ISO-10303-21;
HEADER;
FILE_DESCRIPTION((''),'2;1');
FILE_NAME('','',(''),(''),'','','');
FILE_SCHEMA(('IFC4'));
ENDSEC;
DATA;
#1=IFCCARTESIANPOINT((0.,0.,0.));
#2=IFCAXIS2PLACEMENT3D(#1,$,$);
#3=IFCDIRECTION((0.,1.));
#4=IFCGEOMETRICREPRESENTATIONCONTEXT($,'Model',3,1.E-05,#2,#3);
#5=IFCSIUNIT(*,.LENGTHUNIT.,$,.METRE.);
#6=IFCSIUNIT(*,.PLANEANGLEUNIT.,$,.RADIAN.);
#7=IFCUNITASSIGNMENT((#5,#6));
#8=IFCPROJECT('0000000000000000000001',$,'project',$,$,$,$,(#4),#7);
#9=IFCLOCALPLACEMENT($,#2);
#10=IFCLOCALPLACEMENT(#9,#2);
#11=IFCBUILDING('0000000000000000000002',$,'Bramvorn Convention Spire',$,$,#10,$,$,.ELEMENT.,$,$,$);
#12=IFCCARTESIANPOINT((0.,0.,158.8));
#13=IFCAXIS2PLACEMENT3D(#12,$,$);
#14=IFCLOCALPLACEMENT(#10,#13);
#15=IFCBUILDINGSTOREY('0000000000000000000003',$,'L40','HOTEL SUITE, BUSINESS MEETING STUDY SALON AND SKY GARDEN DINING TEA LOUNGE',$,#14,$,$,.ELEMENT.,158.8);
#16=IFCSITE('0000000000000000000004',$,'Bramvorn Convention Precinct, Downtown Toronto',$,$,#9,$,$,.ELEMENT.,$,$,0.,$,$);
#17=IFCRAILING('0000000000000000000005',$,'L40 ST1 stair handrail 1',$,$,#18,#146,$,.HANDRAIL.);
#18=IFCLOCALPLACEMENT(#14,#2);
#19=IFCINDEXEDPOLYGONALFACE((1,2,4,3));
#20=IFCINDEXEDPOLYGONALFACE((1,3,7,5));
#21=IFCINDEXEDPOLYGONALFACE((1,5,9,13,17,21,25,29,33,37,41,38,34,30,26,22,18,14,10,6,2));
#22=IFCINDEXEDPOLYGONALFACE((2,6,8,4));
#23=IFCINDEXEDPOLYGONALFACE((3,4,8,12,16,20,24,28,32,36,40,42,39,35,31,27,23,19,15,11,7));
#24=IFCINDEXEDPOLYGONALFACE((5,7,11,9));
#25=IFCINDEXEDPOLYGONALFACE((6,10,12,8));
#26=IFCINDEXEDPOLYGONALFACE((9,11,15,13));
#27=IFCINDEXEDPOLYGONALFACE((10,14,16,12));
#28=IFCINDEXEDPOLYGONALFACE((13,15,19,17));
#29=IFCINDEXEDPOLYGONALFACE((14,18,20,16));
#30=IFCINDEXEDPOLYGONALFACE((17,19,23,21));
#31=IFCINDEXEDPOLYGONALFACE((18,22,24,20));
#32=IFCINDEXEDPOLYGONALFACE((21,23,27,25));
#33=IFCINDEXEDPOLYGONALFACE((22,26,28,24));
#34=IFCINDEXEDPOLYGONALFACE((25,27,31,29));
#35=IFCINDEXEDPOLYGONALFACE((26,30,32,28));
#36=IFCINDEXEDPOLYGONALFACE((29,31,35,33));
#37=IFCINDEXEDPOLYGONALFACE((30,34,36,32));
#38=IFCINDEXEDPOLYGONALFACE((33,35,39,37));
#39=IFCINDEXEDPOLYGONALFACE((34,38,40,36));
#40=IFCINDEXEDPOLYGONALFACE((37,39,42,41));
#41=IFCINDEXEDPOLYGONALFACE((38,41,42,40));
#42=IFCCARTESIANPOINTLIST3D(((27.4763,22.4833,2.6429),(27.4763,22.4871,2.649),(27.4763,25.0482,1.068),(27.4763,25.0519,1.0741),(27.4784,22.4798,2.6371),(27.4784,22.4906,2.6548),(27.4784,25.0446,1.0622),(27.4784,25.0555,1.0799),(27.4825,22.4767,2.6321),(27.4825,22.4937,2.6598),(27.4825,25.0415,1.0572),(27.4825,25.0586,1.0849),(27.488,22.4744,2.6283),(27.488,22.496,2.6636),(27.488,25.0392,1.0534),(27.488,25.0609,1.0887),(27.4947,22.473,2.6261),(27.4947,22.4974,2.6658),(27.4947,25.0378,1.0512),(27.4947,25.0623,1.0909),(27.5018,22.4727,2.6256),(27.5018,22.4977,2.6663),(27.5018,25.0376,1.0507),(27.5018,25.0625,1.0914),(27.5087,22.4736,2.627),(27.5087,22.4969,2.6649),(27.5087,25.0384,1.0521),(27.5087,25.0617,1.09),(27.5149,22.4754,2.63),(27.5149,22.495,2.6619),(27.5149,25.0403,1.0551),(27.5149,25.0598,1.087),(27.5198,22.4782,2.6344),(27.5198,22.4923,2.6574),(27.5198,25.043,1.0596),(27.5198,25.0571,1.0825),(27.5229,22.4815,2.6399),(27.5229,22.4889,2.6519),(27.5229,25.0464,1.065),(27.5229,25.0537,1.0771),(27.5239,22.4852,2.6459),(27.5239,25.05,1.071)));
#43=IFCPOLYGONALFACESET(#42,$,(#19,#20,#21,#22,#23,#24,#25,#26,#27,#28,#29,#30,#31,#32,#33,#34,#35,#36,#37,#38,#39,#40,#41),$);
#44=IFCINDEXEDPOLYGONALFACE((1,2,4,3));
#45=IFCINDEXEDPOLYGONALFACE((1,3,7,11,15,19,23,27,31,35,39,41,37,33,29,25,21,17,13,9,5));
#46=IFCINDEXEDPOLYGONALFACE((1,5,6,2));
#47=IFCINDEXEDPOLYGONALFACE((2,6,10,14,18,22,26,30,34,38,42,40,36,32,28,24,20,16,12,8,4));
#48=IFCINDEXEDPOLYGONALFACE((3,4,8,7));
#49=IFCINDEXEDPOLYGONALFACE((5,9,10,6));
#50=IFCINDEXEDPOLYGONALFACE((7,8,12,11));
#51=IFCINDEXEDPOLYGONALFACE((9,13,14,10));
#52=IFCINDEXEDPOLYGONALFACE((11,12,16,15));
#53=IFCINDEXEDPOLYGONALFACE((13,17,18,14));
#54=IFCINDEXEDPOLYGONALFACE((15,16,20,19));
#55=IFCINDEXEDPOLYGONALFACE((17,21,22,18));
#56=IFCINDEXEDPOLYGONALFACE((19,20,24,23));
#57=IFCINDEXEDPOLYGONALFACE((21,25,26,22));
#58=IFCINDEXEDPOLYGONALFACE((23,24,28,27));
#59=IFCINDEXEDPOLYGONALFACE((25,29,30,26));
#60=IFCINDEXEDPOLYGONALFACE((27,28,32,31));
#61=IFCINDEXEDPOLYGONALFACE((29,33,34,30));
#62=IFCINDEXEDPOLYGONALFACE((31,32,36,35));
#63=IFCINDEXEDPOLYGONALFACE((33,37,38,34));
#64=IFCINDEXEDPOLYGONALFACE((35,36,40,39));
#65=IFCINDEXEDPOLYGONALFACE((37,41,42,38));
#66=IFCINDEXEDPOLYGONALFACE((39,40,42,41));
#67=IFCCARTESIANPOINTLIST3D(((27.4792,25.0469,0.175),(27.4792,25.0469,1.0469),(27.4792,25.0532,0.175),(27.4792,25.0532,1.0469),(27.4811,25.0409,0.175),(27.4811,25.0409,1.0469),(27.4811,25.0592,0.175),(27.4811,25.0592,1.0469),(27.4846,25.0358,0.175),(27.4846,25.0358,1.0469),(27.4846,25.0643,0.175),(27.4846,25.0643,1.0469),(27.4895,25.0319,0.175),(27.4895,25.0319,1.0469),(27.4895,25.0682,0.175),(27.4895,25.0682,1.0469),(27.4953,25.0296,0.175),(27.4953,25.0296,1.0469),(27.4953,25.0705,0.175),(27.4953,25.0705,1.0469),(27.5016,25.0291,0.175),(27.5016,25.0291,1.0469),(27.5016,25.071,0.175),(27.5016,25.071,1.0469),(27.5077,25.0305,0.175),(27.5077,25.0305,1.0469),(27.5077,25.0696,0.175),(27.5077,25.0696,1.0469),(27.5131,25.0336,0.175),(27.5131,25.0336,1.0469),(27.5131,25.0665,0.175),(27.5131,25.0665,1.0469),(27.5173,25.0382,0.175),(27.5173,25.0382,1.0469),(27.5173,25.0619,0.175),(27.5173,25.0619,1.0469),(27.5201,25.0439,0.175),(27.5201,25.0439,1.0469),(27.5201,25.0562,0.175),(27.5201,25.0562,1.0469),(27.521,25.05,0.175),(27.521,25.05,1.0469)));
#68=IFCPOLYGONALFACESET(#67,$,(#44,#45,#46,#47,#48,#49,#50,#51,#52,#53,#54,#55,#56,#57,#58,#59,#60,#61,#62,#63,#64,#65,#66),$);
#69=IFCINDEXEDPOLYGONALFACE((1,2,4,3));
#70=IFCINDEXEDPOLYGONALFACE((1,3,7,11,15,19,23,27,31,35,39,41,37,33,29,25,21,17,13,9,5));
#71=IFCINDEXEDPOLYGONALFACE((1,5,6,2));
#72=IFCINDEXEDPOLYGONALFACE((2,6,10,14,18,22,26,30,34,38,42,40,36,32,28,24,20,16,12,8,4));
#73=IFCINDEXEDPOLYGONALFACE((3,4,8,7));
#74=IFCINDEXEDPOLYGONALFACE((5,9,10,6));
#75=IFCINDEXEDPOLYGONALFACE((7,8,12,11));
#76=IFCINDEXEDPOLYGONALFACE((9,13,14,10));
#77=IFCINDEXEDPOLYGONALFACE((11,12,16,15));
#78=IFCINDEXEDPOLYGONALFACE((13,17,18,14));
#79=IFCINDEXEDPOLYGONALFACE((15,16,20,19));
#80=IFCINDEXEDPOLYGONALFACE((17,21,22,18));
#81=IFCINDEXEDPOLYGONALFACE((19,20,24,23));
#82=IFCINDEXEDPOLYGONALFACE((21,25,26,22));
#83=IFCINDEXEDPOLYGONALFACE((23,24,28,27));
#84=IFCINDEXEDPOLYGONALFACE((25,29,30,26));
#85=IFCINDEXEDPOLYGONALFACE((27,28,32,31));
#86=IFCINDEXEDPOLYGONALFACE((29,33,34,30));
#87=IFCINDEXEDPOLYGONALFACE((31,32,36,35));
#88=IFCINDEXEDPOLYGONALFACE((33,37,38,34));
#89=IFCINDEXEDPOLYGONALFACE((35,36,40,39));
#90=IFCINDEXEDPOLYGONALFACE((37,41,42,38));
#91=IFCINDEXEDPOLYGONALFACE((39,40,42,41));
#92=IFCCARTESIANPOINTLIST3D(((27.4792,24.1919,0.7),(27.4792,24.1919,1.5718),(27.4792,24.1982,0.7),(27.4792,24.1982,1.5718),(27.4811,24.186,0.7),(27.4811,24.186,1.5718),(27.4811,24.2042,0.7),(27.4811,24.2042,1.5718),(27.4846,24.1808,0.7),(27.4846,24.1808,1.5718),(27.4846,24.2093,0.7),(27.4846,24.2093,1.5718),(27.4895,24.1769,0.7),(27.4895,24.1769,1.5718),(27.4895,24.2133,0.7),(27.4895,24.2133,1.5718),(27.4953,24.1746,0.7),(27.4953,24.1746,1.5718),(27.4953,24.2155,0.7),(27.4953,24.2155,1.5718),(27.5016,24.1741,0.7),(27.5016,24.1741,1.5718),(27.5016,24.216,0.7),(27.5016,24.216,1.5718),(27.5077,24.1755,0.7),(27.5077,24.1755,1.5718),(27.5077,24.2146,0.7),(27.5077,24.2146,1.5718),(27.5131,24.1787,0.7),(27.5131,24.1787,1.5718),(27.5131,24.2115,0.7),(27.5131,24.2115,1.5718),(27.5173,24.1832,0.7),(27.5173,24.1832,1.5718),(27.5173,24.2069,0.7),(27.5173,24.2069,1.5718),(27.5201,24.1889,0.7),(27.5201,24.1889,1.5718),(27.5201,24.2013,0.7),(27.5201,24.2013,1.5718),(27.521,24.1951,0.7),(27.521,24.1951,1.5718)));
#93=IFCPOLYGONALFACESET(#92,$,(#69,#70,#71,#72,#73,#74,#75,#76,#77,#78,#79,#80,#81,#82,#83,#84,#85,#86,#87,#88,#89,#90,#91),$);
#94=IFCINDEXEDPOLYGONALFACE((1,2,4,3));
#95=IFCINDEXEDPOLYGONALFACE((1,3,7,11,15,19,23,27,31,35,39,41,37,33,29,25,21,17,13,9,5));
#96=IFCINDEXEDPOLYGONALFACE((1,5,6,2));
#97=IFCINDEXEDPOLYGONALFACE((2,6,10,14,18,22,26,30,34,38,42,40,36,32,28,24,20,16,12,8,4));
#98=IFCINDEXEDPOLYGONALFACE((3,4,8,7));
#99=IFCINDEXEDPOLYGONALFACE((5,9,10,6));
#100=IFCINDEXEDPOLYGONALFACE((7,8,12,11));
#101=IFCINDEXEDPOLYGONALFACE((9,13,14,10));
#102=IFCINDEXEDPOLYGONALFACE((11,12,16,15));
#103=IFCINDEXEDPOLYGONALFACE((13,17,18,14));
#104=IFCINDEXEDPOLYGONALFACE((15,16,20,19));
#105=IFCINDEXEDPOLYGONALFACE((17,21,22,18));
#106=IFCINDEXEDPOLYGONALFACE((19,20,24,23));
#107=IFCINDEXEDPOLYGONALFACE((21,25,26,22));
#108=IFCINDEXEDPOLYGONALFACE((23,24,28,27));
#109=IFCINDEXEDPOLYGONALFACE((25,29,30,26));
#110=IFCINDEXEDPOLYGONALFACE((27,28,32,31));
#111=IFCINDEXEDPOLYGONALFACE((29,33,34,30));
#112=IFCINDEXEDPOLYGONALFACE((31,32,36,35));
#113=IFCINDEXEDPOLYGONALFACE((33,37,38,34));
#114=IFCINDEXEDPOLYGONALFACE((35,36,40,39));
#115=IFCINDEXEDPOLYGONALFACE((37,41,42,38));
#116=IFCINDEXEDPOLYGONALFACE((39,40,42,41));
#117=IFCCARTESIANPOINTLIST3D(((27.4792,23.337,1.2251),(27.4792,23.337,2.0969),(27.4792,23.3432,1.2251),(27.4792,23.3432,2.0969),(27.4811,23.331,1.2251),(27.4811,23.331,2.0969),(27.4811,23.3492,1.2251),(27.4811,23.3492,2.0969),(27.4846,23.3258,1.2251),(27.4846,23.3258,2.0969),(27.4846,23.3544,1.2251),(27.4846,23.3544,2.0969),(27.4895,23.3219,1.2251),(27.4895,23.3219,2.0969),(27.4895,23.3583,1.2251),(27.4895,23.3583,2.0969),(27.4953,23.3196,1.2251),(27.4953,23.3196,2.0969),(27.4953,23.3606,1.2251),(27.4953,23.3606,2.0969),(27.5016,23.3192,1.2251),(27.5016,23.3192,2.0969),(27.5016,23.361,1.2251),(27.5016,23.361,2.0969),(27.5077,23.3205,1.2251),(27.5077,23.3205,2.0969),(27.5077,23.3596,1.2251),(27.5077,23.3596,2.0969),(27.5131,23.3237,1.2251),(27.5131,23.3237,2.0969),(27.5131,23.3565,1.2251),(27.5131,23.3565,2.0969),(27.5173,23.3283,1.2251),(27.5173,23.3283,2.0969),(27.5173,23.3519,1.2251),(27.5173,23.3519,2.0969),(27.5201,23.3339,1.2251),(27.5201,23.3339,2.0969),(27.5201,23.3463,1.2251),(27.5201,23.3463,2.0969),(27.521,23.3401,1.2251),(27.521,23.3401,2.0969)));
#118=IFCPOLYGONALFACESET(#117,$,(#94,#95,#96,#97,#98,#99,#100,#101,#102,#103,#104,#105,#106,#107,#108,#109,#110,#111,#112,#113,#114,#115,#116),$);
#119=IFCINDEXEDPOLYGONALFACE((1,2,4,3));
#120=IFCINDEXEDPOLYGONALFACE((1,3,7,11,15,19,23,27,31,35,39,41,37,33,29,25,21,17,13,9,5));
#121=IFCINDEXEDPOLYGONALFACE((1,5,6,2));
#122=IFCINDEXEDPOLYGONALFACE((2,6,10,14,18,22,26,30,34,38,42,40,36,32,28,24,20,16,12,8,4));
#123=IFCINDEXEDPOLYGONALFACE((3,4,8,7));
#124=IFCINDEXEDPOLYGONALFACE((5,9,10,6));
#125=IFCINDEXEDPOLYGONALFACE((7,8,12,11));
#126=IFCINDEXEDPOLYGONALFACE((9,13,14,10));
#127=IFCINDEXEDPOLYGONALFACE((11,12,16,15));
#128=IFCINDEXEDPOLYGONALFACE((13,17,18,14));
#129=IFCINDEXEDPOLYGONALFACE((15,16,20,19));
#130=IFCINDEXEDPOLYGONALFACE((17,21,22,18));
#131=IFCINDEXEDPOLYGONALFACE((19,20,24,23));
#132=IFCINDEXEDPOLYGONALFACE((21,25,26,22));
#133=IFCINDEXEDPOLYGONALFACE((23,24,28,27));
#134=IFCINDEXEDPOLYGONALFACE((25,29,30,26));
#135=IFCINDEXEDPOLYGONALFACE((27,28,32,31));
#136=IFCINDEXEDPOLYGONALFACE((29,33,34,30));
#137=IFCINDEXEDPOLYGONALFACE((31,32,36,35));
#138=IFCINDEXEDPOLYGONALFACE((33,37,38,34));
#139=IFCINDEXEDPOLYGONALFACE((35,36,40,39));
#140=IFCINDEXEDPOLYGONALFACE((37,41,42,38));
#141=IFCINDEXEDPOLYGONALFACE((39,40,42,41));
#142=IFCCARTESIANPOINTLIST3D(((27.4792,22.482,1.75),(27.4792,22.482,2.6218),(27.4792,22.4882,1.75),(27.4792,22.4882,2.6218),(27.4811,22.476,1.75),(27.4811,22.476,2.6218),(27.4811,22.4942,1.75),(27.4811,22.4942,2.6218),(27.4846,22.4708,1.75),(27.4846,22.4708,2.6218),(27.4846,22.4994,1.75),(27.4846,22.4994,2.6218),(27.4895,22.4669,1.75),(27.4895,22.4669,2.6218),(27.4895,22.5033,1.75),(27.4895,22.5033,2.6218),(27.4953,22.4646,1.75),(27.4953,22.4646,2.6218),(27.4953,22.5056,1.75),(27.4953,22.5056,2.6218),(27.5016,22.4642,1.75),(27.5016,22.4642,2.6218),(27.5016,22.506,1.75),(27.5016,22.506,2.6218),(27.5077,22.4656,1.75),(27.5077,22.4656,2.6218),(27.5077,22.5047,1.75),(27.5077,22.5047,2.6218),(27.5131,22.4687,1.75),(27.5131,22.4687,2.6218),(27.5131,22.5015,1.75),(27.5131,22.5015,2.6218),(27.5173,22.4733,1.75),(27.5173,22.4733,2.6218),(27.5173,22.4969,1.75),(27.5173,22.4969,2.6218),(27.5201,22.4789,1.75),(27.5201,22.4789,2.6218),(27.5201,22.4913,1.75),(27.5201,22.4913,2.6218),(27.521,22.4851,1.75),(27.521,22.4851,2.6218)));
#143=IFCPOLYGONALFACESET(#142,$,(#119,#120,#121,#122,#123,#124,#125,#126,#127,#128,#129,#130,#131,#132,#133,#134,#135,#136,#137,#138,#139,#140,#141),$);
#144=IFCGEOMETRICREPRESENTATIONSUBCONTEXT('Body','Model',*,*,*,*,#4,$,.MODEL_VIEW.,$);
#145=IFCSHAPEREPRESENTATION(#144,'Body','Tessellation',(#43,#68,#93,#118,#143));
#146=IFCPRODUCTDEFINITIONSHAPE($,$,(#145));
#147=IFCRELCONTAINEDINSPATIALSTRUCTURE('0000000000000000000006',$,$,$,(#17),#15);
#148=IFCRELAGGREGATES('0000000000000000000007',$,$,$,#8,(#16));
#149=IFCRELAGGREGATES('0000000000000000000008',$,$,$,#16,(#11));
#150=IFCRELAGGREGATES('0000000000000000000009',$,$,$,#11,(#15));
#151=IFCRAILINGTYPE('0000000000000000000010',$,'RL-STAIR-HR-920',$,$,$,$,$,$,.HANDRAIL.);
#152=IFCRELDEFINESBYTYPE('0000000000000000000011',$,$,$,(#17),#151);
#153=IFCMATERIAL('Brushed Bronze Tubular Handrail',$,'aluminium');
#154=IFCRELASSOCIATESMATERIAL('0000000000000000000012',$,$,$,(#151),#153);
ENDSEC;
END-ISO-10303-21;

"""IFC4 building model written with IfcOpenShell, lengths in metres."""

from ifc_helpers import new_model, si_unit, direction, frame, origin, origin_2d, place, context, subcontext, project, spatial, circle, extrude, material, type_object, element, save


model = new_model("IFC4")

# Units and contexts
model_context = context("Model", 3, precision=1e-05, world=origin(), true_north=direction((0.0, 1.0)))
body_context = subcontext(model_context, "Body", "Model", "MODEL_VIEW")
ifc_project = project(units=[si_unit("LENGTHUNIT", "METRE"), si_unit("PLANEANGLEUNIT", "RADIAN")], contexts=[model_context])

# Site, building, storey
site_placement = place(None, origin())
site = spatial("IfcSite", under=ifc_project, at=site_placement, Name="Bramvorn Convention Precinct, Downtown Toronto", CompositionType="ELEMENT", RefElevation=0.0)
building_placement = place(site_placement, origin())
building = spatial("IfcBuilding", under=site, at=building_placement, Name="Bramvorn Convention Spire", CompositionType="ELEMENT")
storey_placement = place(building_placement, frame((0.0, 0.0, 158.8)))
storey = spatial("IfcBuildingStorey", under=building, at=storey_placement, Name="L40", Description="HOTEL SUITE, BUSINESS MEETING STUDY SALON AND SKY GARDEN DINING TEA LOUNGE", CompositionType="ELEMENT", Elevation=158.8)

# Railing
ifc_material_1 = material(Name="Brushed Bronze Tubular Handrail", Category="aluminium")
railing_type_1 = type_object("IfcRailingType", Name="RL-STAIR-HR-920", PredefinedType="HANDRAIL", material=ifc_material_1)
railing_1_placement = place(storey_placement, frame((27.5, 25.05, 0.175)))
element("IfcRailing", 1, at=railing_1_placement, inside=storey, type_object=railing_type_1, Name="L40 ST1 stair handrail 1", PredefinedType="HANDRAIL", context=body_context, shape_type="SweptSolid", body=[
    extrude(circle(Radius=0.0239, at=origin_2d()), frame((0.0, 0.0, 0.896), z_axis=(0.0, -0.852173, 0.52326), x_axis=(1.0, 0.0, 0.0)), (0.0, 0.0, 1.0), 3.0098),
    extrude(circle(Radius=0.021, at=origin_2d()), origin(), (0.0, 0.0, 1.0), 0.8718),
    extrude(circle(Radius=0.021, at=origin_2d()), frame((0.0, -0.855, 0.5249)), (0.0, 0.0, 1.0), 0.8718),
    extrude(circle(Radius=0.021, at=origin_2d()), frame((0.0, -1.71, 1.05)), (0.0, 0.0, 1.0), 0.8718),
    extrude(circle(Radius=0.021, at=origin_2d()), frame((0.0, -2.5649, 1.575)), (0.0, 0.0, 1.0), 0.8718),
])

save(model, "model.ifc")
